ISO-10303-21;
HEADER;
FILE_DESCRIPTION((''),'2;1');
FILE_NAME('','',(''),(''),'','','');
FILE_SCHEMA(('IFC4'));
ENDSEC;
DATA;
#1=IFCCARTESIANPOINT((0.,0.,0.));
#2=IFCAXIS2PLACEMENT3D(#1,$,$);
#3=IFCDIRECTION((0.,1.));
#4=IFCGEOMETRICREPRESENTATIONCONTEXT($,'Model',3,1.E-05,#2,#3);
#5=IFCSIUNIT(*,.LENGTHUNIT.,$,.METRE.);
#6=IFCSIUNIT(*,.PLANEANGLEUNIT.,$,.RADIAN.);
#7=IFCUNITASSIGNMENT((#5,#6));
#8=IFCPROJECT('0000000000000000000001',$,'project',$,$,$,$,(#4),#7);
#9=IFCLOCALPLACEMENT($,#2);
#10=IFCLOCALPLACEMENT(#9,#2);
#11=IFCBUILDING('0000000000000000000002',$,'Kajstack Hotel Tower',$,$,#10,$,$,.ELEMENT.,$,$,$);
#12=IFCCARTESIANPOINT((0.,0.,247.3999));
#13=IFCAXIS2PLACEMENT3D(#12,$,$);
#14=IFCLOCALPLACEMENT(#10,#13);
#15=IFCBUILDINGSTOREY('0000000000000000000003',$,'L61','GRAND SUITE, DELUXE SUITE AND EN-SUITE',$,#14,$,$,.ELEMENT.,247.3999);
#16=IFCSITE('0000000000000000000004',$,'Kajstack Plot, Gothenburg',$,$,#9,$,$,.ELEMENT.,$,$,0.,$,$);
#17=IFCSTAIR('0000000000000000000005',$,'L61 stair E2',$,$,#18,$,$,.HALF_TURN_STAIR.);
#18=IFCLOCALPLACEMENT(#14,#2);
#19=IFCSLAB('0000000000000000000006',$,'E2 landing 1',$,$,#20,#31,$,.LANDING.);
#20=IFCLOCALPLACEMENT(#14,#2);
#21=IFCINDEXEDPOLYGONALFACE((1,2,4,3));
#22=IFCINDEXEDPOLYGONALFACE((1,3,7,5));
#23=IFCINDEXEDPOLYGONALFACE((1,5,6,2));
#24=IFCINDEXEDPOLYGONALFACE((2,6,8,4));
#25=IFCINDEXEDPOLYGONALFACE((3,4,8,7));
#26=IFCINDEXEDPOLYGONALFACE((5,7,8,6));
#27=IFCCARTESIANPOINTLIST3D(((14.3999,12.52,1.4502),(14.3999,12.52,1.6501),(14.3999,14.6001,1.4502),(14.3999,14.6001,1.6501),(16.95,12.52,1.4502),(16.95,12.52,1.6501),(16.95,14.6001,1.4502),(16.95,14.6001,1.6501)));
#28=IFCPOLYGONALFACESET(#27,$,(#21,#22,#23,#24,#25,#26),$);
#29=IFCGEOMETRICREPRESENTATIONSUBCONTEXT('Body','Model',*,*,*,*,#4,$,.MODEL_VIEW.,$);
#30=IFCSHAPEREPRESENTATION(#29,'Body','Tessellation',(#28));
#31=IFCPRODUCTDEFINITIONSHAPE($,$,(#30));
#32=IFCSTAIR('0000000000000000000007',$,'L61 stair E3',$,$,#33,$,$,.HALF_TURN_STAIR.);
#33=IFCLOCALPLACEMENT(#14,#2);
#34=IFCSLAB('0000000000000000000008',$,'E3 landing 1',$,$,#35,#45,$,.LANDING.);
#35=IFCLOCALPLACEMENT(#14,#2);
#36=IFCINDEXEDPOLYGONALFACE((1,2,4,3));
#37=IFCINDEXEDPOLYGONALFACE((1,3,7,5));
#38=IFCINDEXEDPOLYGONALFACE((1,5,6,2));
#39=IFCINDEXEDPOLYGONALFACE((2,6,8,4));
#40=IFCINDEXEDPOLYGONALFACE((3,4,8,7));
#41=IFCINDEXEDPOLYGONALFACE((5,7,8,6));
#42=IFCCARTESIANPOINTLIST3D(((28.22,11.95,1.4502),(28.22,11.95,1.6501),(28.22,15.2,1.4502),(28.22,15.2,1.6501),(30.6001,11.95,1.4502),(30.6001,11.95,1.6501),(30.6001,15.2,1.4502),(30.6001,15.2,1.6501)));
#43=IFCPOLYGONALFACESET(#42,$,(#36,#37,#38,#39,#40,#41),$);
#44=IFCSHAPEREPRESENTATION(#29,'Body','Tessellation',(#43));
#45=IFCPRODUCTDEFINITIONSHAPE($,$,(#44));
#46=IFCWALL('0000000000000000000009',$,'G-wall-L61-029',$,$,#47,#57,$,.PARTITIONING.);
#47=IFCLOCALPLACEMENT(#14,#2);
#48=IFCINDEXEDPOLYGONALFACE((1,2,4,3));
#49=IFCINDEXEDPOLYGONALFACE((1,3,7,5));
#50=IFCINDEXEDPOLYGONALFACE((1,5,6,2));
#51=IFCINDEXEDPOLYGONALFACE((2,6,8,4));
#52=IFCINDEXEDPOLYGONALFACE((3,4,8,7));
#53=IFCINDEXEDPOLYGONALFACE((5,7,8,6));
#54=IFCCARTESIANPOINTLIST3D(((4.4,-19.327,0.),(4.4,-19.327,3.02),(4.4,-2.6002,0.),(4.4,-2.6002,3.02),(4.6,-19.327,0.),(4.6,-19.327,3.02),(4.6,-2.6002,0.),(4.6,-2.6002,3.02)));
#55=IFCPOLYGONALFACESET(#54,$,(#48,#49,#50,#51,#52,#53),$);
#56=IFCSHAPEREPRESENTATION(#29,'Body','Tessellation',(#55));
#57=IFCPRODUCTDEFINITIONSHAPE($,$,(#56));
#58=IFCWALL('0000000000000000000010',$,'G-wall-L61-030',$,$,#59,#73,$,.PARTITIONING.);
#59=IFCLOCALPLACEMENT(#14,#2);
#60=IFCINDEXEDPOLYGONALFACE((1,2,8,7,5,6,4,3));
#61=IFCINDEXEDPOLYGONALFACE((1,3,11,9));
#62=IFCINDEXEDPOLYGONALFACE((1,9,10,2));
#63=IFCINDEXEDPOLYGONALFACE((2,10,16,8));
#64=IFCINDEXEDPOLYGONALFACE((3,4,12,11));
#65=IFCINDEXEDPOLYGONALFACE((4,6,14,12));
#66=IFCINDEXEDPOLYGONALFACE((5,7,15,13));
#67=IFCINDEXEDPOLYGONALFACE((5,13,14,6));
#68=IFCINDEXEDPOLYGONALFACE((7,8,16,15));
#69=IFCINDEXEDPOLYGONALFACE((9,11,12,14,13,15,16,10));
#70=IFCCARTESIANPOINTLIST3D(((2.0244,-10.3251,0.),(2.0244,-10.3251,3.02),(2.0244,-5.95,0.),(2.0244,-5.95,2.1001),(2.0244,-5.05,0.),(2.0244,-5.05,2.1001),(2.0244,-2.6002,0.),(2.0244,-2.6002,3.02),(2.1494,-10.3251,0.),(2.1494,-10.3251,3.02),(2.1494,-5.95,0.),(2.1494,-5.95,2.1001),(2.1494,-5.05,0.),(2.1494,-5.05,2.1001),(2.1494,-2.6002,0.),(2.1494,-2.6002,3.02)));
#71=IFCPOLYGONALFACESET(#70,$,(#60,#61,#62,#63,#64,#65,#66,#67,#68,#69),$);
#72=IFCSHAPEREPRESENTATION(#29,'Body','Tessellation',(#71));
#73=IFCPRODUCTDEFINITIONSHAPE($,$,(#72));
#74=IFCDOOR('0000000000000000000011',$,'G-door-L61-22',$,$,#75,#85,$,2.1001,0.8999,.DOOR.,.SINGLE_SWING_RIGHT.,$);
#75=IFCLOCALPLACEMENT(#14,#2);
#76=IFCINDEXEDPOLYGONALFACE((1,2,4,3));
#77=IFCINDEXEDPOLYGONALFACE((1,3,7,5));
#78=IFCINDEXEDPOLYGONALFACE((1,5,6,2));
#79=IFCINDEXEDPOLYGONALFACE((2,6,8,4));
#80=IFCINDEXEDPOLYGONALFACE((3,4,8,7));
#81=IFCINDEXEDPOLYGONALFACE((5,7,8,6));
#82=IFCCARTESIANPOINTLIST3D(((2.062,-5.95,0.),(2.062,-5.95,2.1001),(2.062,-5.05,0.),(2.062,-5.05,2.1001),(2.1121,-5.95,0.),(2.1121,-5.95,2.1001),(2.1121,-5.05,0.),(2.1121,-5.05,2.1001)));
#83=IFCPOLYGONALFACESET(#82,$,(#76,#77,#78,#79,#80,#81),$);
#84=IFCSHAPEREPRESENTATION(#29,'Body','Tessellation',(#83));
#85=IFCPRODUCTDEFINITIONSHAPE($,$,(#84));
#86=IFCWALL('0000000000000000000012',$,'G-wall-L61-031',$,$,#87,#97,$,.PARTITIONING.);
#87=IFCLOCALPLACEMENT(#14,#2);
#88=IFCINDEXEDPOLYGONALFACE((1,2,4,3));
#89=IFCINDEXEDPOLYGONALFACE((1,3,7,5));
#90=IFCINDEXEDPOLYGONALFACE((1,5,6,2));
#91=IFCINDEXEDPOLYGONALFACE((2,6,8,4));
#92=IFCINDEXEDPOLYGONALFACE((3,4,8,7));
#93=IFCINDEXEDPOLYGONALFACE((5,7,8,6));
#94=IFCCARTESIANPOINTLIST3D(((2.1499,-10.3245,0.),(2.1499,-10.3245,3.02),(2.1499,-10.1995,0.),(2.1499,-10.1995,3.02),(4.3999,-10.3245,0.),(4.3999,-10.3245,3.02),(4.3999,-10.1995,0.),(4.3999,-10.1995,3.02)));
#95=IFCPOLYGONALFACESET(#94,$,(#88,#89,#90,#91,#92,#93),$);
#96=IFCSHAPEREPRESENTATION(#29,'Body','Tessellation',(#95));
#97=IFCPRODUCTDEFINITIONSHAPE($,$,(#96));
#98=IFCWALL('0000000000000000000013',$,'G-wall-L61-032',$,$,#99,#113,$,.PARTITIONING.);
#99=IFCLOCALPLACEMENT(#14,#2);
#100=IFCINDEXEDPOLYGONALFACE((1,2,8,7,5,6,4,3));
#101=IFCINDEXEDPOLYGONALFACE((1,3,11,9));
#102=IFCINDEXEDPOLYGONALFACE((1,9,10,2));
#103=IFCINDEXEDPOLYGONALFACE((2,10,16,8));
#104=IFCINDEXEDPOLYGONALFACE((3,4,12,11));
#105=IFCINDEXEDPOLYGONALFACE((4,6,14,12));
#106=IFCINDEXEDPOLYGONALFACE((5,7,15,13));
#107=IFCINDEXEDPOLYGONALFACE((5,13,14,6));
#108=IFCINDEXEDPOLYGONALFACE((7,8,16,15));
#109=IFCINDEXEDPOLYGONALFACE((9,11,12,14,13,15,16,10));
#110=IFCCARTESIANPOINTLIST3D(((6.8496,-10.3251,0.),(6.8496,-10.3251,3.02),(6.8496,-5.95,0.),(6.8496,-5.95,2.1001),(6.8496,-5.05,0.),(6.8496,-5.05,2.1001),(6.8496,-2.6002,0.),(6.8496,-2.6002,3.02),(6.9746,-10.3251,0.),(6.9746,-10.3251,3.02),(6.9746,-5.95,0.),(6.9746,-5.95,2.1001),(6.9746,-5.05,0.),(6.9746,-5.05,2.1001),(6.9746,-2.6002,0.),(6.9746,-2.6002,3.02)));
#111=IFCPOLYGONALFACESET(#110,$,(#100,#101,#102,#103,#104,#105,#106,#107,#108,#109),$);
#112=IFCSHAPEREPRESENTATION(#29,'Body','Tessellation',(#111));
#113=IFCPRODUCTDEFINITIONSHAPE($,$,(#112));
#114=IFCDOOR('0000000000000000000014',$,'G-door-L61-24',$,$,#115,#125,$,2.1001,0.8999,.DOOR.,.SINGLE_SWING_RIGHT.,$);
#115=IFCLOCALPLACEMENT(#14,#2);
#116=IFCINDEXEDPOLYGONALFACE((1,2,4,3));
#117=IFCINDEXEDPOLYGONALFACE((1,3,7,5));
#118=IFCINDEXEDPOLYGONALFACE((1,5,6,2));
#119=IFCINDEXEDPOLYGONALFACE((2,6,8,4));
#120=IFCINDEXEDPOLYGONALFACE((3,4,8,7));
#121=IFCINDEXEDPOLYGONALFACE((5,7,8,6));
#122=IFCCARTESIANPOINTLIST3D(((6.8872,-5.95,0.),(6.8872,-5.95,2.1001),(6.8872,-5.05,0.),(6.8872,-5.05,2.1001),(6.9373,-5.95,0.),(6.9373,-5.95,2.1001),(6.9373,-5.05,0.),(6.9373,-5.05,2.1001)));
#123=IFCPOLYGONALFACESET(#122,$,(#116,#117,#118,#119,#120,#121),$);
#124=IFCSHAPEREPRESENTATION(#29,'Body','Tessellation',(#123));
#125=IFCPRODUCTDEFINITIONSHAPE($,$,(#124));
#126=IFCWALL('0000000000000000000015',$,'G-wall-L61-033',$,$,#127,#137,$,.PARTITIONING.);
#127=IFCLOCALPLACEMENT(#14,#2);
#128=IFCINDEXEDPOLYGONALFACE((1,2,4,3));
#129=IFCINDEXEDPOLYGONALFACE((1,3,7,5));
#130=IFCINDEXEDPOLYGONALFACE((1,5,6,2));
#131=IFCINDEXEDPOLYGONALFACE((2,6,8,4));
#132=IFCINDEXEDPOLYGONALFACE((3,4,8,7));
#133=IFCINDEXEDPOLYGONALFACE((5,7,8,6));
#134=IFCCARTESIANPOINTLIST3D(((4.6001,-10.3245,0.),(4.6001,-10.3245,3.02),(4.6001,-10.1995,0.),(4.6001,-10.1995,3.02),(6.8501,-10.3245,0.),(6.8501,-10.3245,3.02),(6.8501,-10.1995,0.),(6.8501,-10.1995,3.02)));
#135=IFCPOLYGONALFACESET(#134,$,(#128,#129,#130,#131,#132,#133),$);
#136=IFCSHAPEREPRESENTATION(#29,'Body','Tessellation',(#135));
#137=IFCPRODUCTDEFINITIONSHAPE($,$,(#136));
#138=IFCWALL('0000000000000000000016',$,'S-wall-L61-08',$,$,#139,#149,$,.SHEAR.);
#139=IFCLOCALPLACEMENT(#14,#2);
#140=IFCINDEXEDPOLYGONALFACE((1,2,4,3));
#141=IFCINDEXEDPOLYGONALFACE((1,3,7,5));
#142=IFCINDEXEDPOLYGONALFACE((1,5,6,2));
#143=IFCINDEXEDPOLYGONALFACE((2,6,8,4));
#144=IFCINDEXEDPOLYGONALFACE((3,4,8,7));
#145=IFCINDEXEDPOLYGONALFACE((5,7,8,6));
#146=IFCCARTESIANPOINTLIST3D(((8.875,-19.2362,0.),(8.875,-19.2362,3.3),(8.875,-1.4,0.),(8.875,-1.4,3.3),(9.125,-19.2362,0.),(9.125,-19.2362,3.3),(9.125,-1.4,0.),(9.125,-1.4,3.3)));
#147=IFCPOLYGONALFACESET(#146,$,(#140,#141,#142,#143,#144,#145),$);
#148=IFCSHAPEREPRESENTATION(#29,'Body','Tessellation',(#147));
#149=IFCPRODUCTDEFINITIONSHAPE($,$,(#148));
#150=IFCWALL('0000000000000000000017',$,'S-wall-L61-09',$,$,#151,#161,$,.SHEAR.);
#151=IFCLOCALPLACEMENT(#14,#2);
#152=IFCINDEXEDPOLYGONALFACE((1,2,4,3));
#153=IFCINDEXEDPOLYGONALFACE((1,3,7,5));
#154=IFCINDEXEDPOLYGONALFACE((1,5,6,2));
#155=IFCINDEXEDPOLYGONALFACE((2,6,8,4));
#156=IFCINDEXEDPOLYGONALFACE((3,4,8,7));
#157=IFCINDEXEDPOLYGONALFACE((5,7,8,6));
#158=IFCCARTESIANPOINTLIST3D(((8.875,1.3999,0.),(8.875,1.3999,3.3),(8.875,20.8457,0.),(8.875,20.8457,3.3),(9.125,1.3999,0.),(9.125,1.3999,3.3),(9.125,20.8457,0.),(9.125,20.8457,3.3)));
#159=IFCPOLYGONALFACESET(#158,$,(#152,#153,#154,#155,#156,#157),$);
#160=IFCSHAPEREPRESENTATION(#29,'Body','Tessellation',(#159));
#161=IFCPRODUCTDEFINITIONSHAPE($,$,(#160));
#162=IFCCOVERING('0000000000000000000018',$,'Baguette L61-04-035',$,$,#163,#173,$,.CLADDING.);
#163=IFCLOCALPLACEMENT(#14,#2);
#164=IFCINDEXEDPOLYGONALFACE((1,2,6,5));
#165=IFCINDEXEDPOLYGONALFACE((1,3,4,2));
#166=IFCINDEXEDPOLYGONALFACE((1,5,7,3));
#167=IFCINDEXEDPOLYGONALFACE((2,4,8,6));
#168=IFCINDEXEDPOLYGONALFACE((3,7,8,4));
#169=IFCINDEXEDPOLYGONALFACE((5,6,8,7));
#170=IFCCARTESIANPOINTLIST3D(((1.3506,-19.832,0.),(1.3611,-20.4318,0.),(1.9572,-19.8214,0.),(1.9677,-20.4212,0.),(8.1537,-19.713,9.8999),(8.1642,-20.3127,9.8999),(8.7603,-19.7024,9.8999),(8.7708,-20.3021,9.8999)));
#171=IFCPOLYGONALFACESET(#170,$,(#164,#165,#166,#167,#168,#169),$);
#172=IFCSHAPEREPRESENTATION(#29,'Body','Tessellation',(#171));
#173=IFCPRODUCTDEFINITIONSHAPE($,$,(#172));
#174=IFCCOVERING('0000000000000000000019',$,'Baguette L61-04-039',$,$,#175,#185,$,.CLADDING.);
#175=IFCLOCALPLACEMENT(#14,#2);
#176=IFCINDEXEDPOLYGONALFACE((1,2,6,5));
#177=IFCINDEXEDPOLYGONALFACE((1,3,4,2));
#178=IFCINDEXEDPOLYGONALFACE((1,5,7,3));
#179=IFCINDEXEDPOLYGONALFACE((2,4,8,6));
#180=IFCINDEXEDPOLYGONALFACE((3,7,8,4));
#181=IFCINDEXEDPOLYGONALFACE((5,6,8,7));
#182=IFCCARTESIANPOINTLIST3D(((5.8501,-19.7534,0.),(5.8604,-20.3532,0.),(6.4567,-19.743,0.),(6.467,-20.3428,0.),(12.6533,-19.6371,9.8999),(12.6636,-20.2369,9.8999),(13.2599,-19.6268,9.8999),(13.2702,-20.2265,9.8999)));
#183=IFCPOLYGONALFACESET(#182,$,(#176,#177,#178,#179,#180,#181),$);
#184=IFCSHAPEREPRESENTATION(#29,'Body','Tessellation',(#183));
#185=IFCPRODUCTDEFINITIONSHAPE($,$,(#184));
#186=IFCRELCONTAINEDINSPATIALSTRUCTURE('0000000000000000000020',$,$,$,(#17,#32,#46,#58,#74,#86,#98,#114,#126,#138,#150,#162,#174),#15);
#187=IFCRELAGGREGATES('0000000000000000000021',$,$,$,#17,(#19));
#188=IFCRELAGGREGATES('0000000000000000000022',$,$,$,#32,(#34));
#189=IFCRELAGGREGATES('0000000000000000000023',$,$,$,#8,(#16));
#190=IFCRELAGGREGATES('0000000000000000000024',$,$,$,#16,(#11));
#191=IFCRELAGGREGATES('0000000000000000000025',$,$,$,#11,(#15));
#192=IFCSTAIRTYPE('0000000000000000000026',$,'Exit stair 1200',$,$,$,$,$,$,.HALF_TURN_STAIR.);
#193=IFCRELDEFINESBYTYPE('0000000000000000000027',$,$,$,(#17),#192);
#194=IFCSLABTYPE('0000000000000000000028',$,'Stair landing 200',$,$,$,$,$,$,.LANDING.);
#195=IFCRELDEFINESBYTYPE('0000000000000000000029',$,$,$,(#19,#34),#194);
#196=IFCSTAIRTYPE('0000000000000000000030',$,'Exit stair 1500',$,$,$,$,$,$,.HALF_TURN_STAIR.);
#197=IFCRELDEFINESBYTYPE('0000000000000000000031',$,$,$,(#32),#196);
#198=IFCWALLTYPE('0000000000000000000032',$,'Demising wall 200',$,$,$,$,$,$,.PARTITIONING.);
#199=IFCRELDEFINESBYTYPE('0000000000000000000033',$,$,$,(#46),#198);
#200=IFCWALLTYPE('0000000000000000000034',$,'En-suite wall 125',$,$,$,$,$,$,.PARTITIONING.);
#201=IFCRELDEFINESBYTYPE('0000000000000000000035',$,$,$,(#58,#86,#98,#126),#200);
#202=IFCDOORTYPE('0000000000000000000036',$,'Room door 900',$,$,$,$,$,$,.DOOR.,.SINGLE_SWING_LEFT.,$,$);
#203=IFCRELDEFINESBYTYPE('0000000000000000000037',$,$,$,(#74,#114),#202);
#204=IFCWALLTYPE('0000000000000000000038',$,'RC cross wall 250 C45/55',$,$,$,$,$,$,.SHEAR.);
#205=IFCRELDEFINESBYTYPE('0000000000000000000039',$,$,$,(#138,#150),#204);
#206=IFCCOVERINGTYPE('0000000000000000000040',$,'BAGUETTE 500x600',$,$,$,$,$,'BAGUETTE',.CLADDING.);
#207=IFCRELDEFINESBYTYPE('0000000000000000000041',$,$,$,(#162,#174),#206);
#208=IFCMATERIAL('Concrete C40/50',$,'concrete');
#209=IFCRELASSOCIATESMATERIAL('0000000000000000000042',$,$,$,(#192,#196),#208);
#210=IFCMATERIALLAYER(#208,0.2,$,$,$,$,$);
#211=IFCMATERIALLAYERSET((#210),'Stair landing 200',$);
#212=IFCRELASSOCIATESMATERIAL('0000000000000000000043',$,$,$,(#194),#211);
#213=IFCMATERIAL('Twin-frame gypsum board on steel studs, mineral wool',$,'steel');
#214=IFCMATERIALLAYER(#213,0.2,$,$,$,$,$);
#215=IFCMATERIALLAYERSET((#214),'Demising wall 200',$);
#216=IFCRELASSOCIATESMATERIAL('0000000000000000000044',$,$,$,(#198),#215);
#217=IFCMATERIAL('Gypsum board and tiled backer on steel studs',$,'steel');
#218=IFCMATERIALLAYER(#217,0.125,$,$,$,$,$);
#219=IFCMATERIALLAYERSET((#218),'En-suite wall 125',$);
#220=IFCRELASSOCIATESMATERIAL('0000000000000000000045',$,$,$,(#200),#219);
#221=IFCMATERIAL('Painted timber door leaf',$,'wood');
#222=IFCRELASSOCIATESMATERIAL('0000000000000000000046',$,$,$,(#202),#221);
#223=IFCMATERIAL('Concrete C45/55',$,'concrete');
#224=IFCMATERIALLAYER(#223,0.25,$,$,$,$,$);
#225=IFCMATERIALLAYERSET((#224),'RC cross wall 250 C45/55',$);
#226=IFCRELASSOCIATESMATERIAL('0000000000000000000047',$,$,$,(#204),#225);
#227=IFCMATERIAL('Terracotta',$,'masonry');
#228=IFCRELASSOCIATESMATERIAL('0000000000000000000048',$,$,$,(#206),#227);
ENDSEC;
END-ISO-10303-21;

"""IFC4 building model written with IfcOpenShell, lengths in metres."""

from ifc_helpers import new_model, si_unit, direction, frame, frame_2d, origin, origin_2d, place, context, subcontext, project, spatial, polyline, rectangle, outline, extrude, material, layer, layer_set, material_profile, profile_set, type_object, element, fill, aggregate, save


model = new_model("IFC4")

# Units and contexts
model_context = context("Model", 3, precision=1e-05, world=origin(), true_north=direction((0.0, 1.0)))
body_context = subcontext(model_context, "Body", "Model", "MODEL_VIEW")
ifc_project = project(units=[si_unit("LENGTHUNIT", "METRE"), si_unit("PLANEANGLEUNIT", "RADIAN")], contexts=[model_context])

# Site, building, storey
site_placement = place(None, origin())
site = spatial("IfcSite", under=ifc_project, at=site_placement, Name="Kajstack Plot, Gothenburg", CompositionType="ELEMENT", RefElevation=0.0)
building_placement = place(site_placement, origin())
building = spatial("IfcBuilding", under=site, at=building_placement, Name="Kajstack Hotel Tower", CompositionType="ELEMENT")
storey_placement = place(building_placement, frame((0.0, 0.0, 247.3999)))
storey = spatial("IfcBuildingStorey", under=building, at=storey_placement, Name="L61", Description="GRAND SUITE, DELUXE SUITE AND EN-SUITE", CompositionType="ELEMENT", Elevation=247.3999)

# Stairs, slabs
ifc_material_1 = material(Name="Concrete C40/50", Category="concrete")
stair_type_1 = type_object("IfcStairType", Name="Exit stair 1200", PredefinedType="HALF_TURN_STAIR", material=ifc_material_1)
stair_1_placement = place(storey_placement, origin())
stair_1 = element("IfcStair", 1, at=stair_1_placement, inside=storey, type_object=stair_type_1, Name="L61 stair E2", PredefinedType="HALF_TURN_STAIR")
ifc_layer_1 = layer(ifc_material_1, 0.2)
ifc_layer_set_1 = layer_set([ifc_layer_1], Name="Stair landing 200")
slab_type = type_object("IfcSlabType", Name="Stair landing 200", PredefinedType="LANDING", material=ifc_layer_set_1)
slab_1_placement = place(storey_placement, frame((0.0, 0.0, 1.4502)))
slab_1 = element("IfcSlab", 2, at=slab_1_placement, type_object=slab_type, Name="E2 landing 1", PredefinedType="LANDING", context=body_context, shape_type="SweptSolid", body=[
    extrude(outline(polyline([(16.95, 12.52), (16.95, 14.6001), (14.3999, 14.6001), (14.3999, 12.52), (16.95, 12.52)])), origin(), (0.0, 0.0, 1.0), 0.2),
])
aggregate(stair_1, [slab_1])
stair_type_2 = type_object("IfcStairType", Name="Exit stair 1500", PredefinedType="HALF_TURN_STAIR", material=ifc_material_1)
stair_2_placement = place(storey_placement, origin())
stair_2 = element("IfcStair", 3, at=stair_2_placement, inside=storey, type_object=stair_type_2, Name="L61 stair E3", PredefinedType="HALF_TURN_STAIR")
slab_2_placement = place(storey_placement, frame((0.0, 0.0, 1.4502)))
slab_2 = element("IfcSlab", 4, at=slab_2_placement, type_object=slab_type, Name="E3 landing 1", PredefinedType="LANDING", context=body_context, shape_type="SweptSolid", body=[
    extrude(outline(polyline([(28.22, 11.95), (30.6001, 11.95), (30.6001, 15.2), (28.22, 15.2), (28.22, 11.95)])), origin(), (0.0, 0.0, 1.0), 0.2),
])
aggregate(stair_2, [slab_2])

# Wall
ifc_material_2 = material(Name="Twin-frame gypsum board on steel studs, mineral wool", Category="steel")
ifc_layer_2 = layer(ifc_material_2, 0.2)
ifc_layer_set_2 = layer_set([ifc_layer_2], Name="Demising wall 200")
wall_type_1 = type_object("IfcWallType", Name="Demising wall 200", PredefinedType="PARTITIONING", material=ifc_layer_set_2)
wall_1_placement = place(storey_placement, frame((4.5, -19.3269, 0.0), z_axis=(0.0, 0.0, 1.0), x_axis=(0.0, 1.0, 0.0)))
element("IfcWall", 5, at=wall_1_placement, inside=storey, type_object=wall_type_1, Name="G-wall-L61-029", PredefinedType="PARTITIONING", context=body_context, shape_type="SweptSolid", body=[
    extrude(rectangle(XDim=16.7268, YDim=0.2, at=frame_2d((8.3633, 0.0))), origin(), (0.0, 0.0, 1.0), 3.02),
])

# Wall, opening, door
ifc_material_3 = material(Name="Gypsum board and tiled backer on steel studs", Category="steel")
ifc_layer_3 = layer(ifc_material_3, 0.125)
ifc_layer_set_3 = layer_set([ifc_layer_3], Name="En-suite wall 125")
wall_type_2 = type_object("IfcWallType", Name="En-suite wall 125", PredefinedType="PARTITIONING", material=ifc_layer_set_3)
wall_2_placement = place(storey_placement, frame((2.0869, -10.325, 0.0), z_axis=(0.0, 0.0, 1.0), x_axis=(0.0, 1.0, 0.0)))
wall_2 = element("IfcWall", 6, at=wall_2_placement, inside=storey, type_object=wall_type_2, Name="G-wall-L61-030", PredefinedType="PARTITIONING", context=body_context, shape_type="SweptSolid", body=[
    extrude(rectangle(XDim=7.7249, YDim=0.125, at=frame_2d((3.8623, 0.0))), origin(), (0.0, 0.0, 1.0), 3.02),
])
opening_1_placement = place(wall_2_placement, frame((4.375, 0.0, 0.0)))
opening_1 = element("IfcOpeningElement", 7, at=opening_1_placement, cuts=wall_2, PredefinedType="OPENING", context=body_context, shape_type="SweptSolid", body=[
    extrude(rectangle(XDim=0.8999, YDim=2.1001, at=frame_2d((0.45, 1.05))), frame((0.0, 0.0725, 0.0), z_axis=(0.0, -1.0, 0.0), x_axis=(1.0, 0.0, 0.0)), (0.0, 0.0, 1.0), 0.145),
])
ifc_material_4 = material(Name="Painted timber door leaf", Category="wood")
door_type = type_object("IfcDoorType", Name="Room door 900", OperationType="SINGLE_SWING_LEFT", PredefinedType="DOOR", material=ifc_material_4)
door_1_placement = place(opening_1_placement, origin())
door_1 = element("IfcDoor", 8, at=door_1_placement, inside=storey, type_object=door_type, Name="G-door-L61-22", OperationType="SINGLE_SWING_RIGHT", OverallHeight=2.1001, OverallWidth=0.8999, PredefinedType="DOOR", context=body_context, shape_type="SweptSolid", body=[
    extrude(rectangle(XDim=0.8999, YDim=2.1001, at=frame_2d((0.45, 1.05))), frame((0.0, 0.0249, 0.0), z_axis=(0.0, -1.0, 0.0), x_axis=(1.0, 0.0, 0.0)), (0.0, 0.0, 1.0), 0.05),
])
fill(opening_1, door_1)

# Wall
wall_3_placement = place(storey_placement, frame((2.1499, -10.262, 0.0), z_axis=(0.0, 0.0, 1.0), x_axis=(1.0, 0.0, 0.0)))
element("IfcWall", 9, at=wall_3_placement, inside=storey, type_object=wall_type_2, Name="G-wall-L61-031", PredefinedType="PARTITIONING", context=body_context, shape_type="SweptSolid", body=[
    extrude(rectangle(XDim=2.25, YDim=0.125, at=frame_2d((1.125, 0.0))), origin(), (0.0, 0.0, 1.0), 3.02),
])

# Wall, opening, door
wall_4_placement = place(storey_placement, frame((6.9121, -10.325, 0.0), z_axis=(0.0, 0.0, 1.0), x_axis=(0.0, 1.0, 0.0)))
wall_4 = element("IfcWall", 10, at=wall_4_placement, inside=storey, type_object=wall_type_2, Name="G-wall-L61-032", PredefinedType="PARTITIONING", context=body_context, shape_type="SweptSolid", body=[
    extrude(rectangle(XDim=7.7249, YDim=0.125, at=frame_2d((3.8623, 0.0))), origin(), (0.0, 0.0, 1.0), 3.02),
])
opening_2_placement = place(wall_4_placement, frame((4.375, 0.0, 0.0)))
opening_2 = element("IfcOpeningElement", 11, at=opening_2_placement, cuts=wall_4, PredefinedType="OPENING", context=body_context, shape_type="SweptSolid", body=[
    extrude(rectangle(XDim=0.8999, YDim=2.1001, at=frame_2d((0.45, 1.05))), frame((0.0, 0.0725, 0.0), z_axis=(0.0, -1.0, 0.0), x_axis=(1.0, 0.0, 0.0)), (0.0, 0.0, 1.0), 0.145),
])
door_2_placement = place(opening_2_placement, origin())
door_2 = element("IfcDoor", 12, at=door_2_placement, inside=storey, type_object=door_type, Name="G-door-L61-24", OperationType="SINGLE_SWING_RIGHT", OverallHeight=2.1001, OverallWidth=0.8999, PredefinedType="DOOR", context=body_context, shape_type="SweptSolid", body=[
    extrude(rectangle(XDim=0.8999, YDim=2.1001, at=frame_2d((0.45, 1.05))), frame((0.0, 0.0249, 0.0), z_axis=(0.0, -1.0, 0.0), x_axis=(1.0, 0.0, 0.0)), (0.0, 0.0, 1.0), 0.05),
])
fill(opening_2, door_2)

# Walls
wall_5_placement = place(storey_placement, frame((4.6001, -10.262, 0.0), z_axis=(0.0, 0.0, 1.0), x_axis=(1.0, 0.0, 0.0)))
element("IfcWall", 13, at=wall_5_placement, inside=storey, type_object=wall_type_2, Name="G-wall-L61-033", PredefinedType="PARTITIONING", context=body_context, shape_type="SweptSolid", body=[
    extrude(rectangle(XDim=2.25, YDim=0.125, at=frame_2d((1.125, 0.0))), origin(), (0.0, 0.0, 1.0), 3.02),
])
ifc_material_5 = material(Name="Concrete C45/55", Category="concrete")
ifc_layer_4 = layer(ifc_material_5, 0.25)
ifc_layer_set_4 = layer_set([ifc_layer_4], Name="RC cross wall 250 C45/55")
wall_type_3 = type_object("IfcWallType", Name="RC cross wall 250 C45/55", PredefinedType="SHEAR", material=ifc_layer_set_4)
wall_6_placement = place(storey_placement, frame((9.0, -19.2361, 0.0), z_axis=(0.0, 0.0, 1.0), x_axis=(0.0, 1.0, 0.0)))
element("IfcWall", 14, at=wall_6_placement, inside=storey, type_object=wall_type_3, Name="S-wall-L61-08", PredefinedType="SHEAR", context=body_context, shape_type="SweptSolid", body=[
    extrude(rectangle(XDim=17.8362, YDim=0.25, at=frame_2d((8.918, 0.0))), origin(), (0.0, 0.0, 1.0), 3.3),
])
wall_7_placement = place(storey_placement, frame((9.0, 1.3999, 0.0), z_axis=(0.0, 0.0, 1.0), x_axis=(0.0, 1.0, 0.0)))
element("IfcWall", 15, at=wall_7_placement, inside=storey, type_object=wall_type_3, Name="S-wall-L61-09", PredefinedType="SHEAR", context=body_context, shape_type="SweptSolid", body=[
    extrude(rectangle(XDim=19.4458, YDim=0.25, at=frame_2d((9.7229, 0.0))), origin(), (0.0, 0.0, 1.0), 3.3),
])

# Coverings
ifc_material_6 = material(Name="Terracotta", Category="masonry")
ifc_material_profile = material_profile(ifc_material_6, rectangle(XDim=0.6001, YDim=0.5, at=origin_2d()), Name="Terracotta-clad concrete baguette 500 x 600")
ifc_profile_set = profile_set([ifc_material_profile], Name="Terracotta")
covering_type = type_object("IfcCoveringType", Name="BAGUETTE 500x600", ElementType="BAGUETTE", PredefinedType="CLADDING", material=ifc_profile_set)
for number, where, z_axis, x_axis, name in (
    (16, (1.3506, -19.832, 0.0), (0.017498, -0.999847, 0.0), (0.999847, 0.017498, 0.0), "Baguette L61-04-035"),
    (17, (5.8501, -19.7534, 0.0), (0.017092, -0.999854, 0.0), (0.999854, 0.017092, 0.0), "Baguette L61-04-039"),
):
    element("IfcCovering", number, at=place(storey_placement, frame(where, z_axis=z_axis, x_axis=x_axis)), inside=storey, type_object=covering_type, Name=name, PredefinedType="CLADDING", context=body_context, shape_type="SweptSolid", body=[
        extrude(outline(polyline([(6.8042, 9.8999), (0.0, 0.0), (0.6067, 0.0), (7.4109, 9.8999), (6.8042, 9.8999)])), origin(), (0.0, 0.0, 1.0), 0.5999),
    ])

save(model, "model.ifc")
